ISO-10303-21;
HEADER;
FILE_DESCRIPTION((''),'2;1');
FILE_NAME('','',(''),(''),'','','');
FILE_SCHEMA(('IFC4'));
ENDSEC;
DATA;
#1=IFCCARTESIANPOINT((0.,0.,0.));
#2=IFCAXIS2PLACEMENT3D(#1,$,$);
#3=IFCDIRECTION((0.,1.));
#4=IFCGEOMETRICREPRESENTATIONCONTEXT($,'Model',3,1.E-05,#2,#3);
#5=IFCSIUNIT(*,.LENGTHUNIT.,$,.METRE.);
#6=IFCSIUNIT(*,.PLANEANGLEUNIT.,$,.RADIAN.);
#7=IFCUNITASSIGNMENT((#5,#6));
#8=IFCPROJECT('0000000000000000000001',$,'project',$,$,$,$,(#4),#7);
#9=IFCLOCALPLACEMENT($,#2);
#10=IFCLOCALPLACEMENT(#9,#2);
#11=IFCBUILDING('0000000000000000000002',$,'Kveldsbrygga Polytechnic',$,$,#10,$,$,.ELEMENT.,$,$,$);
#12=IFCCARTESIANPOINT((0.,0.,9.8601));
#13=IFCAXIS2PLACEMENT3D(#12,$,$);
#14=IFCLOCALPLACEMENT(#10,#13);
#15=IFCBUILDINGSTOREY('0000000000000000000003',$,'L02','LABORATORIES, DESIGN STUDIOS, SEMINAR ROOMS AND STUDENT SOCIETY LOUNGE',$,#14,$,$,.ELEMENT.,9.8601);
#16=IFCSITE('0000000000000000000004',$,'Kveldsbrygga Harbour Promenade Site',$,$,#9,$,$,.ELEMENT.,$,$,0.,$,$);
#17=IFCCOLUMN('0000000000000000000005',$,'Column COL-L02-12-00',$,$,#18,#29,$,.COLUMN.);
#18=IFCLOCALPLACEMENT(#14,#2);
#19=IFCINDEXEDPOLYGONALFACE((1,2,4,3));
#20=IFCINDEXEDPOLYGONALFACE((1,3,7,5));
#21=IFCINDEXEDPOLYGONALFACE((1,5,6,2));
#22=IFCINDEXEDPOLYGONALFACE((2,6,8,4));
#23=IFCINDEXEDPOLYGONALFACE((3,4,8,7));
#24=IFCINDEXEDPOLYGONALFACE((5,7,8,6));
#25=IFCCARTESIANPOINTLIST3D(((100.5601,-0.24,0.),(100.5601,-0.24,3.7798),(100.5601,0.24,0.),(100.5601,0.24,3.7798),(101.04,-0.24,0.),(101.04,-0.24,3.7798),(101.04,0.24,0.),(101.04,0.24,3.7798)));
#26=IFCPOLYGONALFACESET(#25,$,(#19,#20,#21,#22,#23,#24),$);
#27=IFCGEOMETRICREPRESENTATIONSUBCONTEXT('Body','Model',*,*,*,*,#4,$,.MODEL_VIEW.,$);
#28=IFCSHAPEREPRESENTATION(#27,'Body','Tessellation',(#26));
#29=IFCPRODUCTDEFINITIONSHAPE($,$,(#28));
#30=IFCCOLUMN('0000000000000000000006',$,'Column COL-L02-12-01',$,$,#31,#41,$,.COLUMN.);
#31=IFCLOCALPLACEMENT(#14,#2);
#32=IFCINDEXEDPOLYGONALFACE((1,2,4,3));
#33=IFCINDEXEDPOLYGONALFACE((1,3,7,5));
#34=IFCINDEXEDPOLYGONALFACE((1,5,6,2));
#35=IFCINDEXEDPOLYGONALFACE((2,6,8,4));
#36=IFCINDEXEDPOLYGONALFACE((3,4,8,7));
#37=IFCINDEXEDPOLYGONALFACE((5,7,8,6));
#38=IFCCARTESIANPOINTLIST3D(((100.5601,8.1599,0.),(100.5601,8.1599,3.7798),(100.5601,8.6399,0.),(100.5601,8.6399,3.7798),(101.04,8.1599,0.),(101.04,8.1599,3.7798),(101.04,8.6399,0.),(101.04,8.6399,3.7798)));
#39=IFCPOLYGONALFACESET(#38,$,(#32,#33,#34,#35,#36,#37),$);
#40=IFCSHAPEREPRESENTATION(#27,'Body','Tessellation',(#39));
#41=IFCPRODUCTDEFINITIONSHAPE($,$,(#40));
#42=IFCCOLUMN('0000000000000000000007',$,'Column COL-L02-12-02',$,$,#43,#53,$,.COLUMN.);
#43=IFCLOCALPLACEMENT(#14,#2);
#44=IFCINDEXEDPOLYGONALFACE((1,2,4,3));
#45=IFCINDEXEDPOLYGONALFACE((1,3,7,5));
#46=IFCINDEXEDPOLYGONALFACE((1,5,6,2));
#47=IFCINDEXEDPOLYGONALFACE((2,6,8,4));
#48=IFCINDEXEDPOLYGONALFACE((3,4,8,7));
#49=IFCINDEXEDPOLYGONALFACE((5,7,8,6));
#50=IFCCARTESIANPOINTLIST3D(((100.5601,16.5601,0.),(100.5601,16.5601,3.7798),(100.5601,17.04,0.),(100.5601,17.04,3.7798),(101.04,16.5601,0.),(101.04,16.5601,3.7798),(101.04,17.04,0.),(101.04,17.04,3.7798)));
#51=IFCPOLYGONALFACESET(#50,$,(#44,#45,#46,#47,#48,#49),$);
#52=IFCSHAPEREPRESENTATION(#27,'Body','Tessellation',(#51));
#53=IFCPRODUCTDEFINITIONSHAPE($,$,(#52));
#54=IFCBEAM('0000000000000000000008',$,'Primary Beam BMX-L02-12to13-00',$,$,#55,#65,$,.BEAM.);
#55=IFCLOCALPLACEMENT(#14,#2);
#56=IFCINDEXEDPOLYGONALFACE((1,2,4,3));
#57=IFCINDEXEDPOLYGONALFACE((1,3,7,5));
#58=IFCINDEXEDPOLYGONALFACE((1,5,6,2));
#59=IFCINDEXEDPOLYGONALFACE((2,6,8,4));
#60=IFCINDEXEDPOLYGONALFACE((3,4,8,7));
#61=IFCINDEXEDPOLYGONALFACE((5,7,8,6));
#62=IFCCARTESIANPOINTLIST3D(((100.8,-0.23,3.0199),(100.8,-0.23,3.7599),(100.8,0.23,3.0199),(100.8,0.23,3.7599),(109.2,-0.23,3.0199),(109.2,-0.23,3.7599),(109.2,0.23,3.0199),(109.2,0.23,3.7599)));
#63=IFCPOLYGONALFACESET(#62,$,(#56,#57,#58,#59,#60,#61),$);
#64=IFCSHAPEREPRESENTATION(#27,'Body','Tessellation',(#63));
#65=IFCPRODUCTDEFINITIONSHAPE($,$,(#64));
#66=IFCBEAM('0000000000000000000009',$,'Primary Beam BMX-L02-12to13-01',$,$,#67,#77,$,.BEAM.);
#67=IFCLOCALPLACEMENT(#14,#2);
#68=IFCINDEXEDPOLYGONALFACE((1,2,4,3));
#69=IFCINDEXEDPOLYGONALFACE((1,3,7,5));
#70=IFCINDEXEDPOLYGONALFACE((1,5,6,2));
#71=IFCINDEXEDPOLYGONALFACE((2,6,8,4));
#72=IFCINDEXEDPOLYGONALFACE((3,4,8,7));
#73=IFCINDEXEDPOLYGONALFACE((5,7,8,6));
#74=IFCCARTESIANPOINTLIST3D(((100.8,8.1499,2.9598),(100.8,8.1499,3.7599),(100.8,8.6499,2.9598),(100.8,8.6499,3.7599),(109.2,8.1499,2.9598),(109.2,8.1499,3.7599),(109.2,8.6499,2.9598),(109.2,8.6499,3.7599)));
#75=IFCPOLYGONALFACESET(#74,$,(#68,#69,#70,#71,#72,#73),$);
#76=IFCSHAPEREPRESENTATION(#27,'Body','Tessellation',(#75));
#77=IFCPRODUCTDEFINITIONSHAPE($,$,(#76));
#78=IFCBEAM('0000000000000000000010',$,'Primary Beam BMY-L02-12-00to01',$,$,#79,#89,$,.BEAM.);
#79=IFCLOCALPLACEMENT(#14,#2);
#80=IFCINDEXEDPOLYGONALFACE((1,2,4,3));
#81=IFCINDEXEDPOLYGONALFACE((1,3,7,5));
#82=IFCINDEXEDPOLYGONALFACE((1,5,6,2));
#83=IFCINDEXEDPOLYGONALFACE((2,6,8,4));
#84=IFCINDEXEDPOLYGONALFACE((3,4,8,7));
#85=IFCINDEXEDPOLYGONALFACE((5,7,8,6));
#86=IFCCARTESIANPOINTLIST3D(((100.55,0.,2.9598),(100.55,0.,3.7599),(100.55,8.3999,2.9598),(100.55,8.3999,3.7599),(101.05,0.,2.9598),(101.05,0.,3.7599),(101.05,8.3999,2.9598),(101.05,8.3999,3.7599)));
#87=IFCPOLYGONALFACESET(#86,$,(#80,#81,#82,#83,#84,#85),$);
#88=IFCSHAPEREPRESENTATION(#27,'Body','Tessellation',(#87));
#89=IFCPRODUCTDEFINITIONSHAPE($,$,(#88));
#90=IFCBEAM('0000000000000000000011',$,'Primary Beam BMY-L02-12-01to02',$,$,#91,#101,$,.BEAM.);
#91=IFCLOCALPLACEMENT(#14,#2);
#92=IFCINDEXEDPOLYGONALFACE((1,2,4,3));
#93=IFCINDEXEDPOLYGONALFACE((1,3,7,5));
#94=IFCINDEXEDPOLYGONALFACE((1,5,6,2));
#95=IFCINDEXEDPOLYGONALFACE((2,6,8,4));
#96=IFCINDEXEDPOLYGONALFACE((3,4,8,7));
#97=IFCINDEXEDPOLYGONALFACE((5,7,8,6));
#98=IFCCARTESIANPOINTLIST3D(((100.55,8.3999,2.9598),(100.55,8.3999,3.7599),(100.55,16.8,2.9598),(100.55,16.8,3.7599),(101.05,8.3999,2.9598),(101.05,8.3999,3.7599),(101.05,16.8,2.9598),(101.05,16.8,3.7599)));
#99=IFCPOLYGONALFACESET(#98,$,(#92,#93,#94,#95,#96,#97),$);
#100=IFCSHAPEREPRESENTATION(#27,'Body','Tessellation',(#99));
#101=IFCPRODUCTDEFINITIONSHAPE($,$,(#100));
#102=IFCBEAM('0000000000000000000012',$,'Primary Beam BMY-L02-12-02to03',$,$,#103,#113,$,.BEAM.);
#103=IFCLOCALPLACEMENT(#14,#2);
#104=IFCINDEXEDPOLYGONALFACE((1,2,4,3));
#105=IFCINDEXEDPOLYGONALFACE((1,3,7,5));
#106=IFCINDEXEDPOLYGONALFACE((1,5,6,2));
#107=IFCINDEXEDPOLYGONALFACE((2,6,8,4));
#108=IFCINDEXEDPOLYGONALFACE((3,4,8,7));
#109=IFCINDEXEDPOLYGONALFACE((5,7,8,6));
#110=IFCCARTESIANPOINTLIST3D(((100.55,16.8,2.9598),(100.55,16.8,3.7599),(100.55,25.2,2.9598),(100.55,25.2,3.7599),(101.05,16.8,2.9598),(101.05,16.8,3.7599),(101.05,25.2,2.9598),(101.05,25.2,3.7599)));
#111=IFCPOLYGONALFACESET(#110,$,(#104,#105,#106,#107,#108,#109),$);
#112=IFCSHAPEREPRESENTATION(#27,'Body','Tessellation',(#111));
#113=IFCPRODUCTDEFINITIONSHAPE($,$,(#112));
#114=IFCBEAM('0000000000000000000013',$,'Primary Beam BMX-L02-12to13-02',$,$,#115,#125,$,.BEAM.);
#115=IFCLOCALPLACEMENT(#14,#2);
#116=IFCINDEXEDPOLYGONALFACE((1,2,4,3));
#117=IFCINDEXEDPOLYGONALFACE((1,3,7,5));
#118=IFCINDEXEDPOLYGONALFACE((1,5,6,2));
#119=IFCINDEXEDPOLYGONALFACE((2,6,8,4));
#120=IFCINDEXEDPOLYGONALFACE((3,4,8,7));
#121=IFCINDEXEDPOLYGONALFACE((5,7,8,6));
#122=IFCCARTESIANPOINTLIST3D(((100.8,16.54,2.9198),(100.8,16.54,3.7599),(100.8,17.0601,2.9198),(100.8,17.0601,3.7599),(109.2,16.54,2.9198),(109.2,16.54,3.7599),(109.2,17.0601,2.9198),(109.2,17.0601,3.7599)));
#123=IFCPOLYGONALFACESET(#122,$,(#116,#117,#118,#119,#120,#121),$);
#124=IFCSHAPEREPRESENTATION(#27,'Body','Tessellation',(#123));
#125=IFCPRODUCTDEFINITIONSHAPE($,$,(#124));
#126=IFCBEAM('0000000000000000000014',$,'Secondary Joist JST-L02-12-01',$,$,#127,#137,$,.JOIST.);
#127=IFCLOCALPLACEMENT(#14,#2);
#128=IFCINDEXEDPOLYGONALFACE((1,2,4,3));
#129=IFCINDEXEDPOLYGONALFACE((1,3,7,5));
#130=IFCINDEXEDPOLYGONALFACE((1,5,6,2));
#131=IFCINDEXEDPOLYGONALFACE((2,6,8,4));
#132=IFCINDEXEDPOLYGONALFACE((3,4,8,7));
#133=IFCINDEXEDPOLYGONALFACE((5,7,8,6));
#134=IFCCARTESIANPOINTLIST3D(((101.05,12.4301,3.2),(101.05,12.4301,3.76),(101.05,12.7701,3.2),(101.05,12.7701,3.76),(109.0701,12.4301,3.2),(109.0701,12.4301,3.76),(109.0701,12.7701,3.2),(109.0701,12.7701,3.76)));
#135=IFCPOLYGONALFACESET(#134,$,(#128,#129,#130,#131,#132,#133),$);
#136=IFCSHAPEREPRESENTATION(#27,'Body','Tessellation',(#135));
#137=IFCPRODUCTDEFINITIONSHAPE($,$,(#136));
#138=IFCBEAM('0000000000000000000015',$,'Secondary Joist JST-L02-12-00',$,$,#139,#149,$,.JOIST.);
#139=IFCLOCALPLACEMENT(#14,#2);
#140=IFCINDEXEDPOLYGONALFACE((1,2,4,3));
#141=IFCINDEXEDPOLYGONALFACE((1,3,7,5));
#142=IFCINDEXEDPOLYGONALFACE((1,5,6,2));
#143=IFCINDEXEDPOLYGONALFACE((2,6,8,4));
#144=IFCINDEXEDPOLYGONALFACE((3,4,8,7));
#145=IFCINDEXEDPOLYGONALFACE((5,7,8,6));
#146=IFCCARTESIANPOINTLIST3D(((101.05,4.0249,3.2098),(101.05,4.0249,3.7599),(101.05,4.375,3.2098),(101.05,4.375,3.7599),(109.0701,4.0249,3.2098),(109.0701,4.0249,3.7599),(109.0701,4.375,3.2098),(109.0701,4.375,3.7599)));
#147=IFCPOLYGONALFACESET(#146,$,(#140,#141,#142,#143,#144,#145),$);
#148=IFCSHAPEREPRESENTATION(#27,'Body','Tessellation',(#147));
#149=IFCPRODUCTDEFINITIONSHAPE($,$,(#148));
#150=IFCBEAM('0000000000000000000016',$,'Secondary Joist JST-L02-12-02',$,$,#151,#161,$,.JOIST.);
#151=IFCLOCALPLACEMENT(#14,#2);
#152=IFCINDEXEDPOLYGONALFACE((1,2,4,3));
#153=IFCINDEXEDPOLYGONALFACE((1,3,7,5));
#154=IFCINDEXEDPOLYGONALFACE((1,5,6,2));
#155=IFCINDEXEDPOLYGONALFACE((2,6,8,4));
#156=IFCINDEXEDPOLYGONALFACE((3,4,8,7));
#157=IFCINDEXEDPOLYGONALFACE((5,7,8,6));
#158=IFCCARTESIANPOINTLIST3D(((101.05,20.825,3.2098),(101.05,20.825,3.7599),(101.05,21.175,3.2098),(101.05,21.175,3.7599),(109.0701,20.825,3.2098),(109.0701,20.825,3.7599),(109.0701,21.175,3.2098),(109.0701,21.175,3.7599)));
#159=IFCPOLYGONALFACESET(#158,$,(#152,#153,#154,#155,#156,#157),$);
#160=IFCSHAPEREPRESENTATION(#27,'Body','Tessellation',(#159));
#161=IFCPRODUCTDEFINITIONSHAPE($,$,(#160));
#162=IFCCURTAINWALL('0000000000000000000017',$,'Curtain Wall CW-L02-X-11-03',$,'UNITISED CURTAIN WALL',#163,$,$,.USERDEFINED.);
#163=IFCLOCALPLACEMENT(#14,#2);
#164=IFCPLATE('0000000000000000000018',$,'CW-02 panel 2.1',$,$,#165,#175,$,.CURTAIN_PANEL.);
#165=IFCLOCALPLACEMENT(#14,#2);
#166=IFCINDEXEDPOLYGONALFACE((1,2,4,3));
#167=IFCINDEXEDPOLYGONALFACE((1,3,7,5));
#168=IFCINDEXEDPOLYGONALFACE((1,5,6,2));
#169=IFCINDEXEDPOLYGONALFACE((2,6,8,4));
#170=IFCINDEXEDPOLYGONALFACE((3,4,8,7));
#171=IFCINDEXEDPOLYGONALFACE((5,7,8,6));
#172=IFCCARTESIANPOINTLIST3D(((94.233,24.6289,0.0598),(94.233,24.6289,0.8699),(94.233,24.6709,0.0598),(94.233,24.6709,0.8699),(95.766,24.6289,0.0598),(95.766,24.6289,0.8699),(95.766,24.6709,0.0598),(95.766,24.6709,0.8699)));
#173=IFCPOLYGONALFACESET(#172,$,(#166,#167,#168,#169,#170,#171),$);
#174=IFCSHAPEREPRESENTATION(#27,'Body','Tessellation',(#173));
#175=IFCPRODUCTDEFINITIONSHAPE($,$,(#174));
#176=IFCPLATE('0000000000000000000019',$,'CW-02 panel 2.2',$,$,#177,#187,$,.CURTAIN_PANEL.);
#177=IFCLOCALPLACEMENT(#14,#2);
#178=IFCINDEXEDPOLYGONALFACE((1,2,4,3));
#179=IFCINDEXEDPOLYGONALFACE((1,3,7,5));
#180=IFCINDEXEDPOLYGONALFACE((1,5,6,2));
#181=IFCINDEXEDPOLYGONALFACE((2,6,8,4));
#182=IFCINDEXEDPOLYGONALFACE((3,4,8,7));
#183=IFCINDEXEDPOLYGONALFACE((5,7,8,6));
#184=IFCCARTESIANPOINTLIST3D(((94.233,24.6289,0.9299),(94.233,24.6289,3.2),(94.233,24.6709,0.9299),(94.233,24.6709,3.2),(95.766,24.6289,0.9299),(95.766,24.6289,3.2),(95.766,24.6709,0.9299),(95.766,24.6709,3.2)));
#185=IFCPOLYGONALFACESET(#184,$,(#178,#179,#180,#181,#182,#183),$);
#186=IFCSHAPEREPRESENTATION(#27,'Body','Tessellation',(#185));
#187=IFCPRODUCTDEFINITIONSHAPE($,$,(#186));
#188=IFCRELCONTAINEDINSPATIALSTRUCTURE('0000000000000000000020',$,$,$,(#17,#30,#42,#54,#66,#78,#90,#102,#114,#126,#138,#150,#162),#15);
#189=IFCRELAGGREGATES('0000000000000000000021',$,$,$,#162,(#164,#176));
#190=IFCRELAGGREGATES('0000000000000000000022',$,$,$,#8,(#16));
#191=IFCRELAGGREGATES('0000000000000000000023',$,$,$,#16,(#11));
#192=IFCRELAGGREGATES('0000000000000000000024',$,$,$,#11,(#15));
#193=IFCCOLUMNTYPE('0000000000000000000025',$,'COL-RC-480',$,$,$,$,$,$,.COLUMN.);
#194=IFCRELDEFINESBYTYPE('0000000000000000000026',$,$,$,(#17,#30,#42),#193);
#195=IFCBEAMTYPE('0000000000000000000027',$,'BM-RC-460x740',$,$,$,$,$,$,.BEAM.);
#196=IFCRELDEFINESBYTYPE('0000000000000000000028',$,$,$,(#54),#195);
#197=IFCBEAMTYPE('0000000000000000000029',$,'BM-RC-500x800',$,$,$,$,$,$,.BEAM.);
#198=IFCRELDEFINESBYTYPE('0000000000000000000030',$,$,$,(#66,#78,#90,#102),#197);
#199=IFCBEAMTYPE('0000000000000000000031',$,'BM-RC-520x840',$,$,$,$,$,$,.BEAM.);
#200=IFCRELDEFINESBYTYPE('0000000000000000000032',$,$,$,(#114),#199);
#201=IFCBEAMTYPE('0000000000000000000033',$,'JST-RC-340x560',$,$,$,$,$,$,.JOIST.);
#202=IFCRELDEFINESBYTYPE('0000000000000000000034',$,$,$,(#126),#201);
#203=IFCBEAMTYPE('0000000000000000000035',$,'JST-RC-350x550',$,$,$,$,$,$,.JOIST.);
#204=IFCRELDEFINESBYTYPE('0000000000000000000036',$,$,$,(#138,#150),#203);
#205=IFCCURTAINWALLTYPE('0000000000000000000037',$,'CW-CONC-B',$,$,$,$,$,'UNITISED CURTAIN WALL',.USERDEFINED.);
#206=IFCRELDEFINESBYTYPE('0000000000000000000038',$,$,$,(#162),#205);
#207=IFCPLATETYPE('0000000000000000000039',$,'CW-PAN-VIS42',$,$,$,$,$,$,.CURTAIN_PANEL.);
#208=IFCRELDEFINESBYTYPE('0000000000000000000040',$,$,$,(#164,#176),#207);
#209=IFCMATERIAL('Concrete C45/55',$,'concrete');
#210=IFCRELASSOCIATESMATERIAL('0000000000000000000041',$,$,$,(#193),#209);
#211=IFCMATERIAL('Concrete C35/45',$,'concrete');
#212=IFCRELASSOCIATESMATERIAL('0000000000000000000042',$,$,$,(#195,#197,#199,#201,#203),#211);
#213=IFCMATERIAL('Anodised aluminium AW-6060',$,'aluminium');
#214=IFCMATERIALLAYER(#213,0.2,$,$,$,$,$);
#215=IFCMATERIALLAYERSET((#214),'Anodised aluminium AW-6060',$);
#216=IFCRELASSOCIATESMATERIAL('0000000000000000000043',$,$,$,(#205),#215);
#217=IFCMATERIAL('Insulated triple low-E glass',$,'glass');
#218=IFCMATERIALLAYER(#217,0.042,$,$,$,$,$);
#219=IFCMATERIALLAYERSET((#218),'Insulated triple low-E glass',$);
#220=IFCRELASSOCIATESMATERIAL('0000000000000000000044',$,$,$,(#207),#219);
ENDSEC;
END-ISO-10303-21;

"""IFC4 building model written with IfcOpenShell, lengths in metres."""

from ifc_helpers import new_model, si_unit, direction, frame, origin, origin_2d, place, context, subcontext, project, spatial, rectangle, extrude, material, layer, layer_set, material_profile, profile_set, type_object, element, aggregate, save


model = new_model("IFC4")

# Units and contexts
model_context = context("Model", 3, precision=1e-05, world=origin(), true_north=direction((0.0, 1.0)))
body_context = subcontext(model_context, "Body", "Model", "MODEL_VIEW")
ifc_project = project(units=[si_unit("LENGTHUNIT", "METRE"), si_unit("PLANEANGLEUNIT", "RADIAN")], contexts=[model_context])

# Site, building, storey
site_placement = place(None, origin())
site = spatial("IfcSite", under=ifc_project, at=site_placement, Name="Kveldsbrygga Harbour Promenade Site", CompositionType="ELEMENT", RefElevation=0.0)
building_placement = place(site_placement, origin())
building = spatial("IfcBuilding", under=site, at=building_placement, Name="Kveldsbrygga Polytechnic", CompositionType="ELEMENT")
storey_placement = place(building_placement, frame((0.0, 0.0, 9.8601)))
storey = spatial("IfcBuildingStorey", under=building, at=storey_placement, Name="L02", Description="LABORATORIES, DESIGN STUDIOS, SEMINAR ROOMS AND STUDENT SOCIETY LOUNGE", CompositionType="ELEMENT", Elevation=9.8601)

# Columns
ifc_material_1 = material(Name="Concrete C45/55", Category="concrete")
ifc_material_profile_1 = material_profile(ifc_material_1, rectangle(XDim=0.48, YDim=0.48, at=origin_2d()), Name="RC 480x480")
ifc_profile_set_1 = profile_set([ifc_material_profile_1], Name="Concrete C45/55")
column_type = type_object("IfcColumnType", Name="COL-RC-480", PredefinedType="COLUMN", material=ifc_profile_set_1)
for number, where, z_axis, x_axis, name in (
    (1, (100.8, 0.0, 0.0), (0.0, 0.0, 1.0), (1.0, 0.0, 0.0), "Column COL-L02-12-00"),
    (2, (100.8, 8.3999, 0.0), (0.0, 0.0, 1.0), (1.0, 0.0, 0.0), "Column COL-L02-12-01"),
    (3, (100.8, 16.8, 0.0), (0.0, 0.0, 1.0), (1.0, 0.0, 0.0), "Column COL-L02-12-02"),
):
    element("IfcColumn", number, at=place(storey_placement, frame(where, z_axis=z_axis, x_axis=x_axis)), inside=storey, type_object=column_type, Name=name, PredefinedType="COLUMN", context=body_context, shape_type="SweptSolid", body=[
        extrude(rectangle(XDim=0.48, YDim=0.48, at=origin_2d()), origin(), (0.0, 0.0, 1.0), 3.7798),
    ])

# Beams
ifc_material_2 = material(Name="Concrete C35/45", Category="concrete")
ifc_material_profile_2 = material_profile(ifc_material_2, rectangle(XDim=0.46, YDim=0.74, at=origin_2d()), Name="RC 460x740")
ifc_profile_set_2 = profile_set([ifc_material_profile_2], Name="Concrete C35/45")
beam_type_1 = type_object("IfcBeamType", Name="BM-RC-460x740", PredefinedType="BEAM", material=ifc_profile_set_2)
beam_1_placement = place(storey_placement, frame((100.8, 0.0, 3.3899), z_axis=(1.0, 0.0, 0.0), x_axis=(0.0, 1.0, 0.0)))
element("IfcBeam", 4, at=beam_1_placement, inside=storey, type_object=beam_type_1, Name="Primary Beam BMX-L02-12to13-00", PredefinedType="BEAM", context=body_context, shape_type="SweptSolid", body=[
    extrude(rectangle(XDim=0.46, YDim=0.74, at=origin_2d()), origin(), (0.0, 0.0, 1.0), 8.3999),
])
ifc_material_profile_3 = material_profile(ifc_material_2, rectangle(XDim=0.5, YDim=0.8, at=origin_2d()), Name="RC 500x800")
ifc_profile_set_3 = profile_set([ifc_material_profile_3], Name="Concrete C35/45")
beam_type_2 = type_object("IfcBeamType", Name="BM-RC-500x800", PredefinedType="BEAM", material=ifc_profile_set_3)
for number, where, z_axis, x_axis, name in (
    (5, (100.8, 8.3999, 3.3599), (1.0, 0.0, 0.0), (0.0, 1.0, 0.0), "Primary Beam BMX-L02-12to13-01"),
    (6, (100.8, 0.0, 3.3599), (0.0, 1.0, 0.0), (-1.0, 0.0, 0.0), "Primary Beam BMY-L02-12-00to01"),
):
    element("IfcBeam", number, at=place(storey_placement, frame(where, z_axis=z_axis, x_axis=x_axis)), inside=storey, type_object=beam_type_2, Name=name, PredefinedType="BEAM", context=body_context, shape_type="SweptSolid", body=[
        extrude(rectangle(XDim=0.5, YDim=0.8, at=origin_2d()), origin(), (0.0, 0.0, 1.0), 8.3999),
    ])
beam_2_placement = place(storey_placement, frame((100.8, 8.3999, 3.3599), z_axis=(0.0, 1.0, 0.0), x_axis=(-1.0, 0.0, 0.0)))
element("IfcBeam", 7, at=beam_2_placement, inside=storey, type_object=beam_type_2, Name="Primary Beam BMY-L02-12-01to02", PredefinedType="BEAM", context=body_context, shape_type="SweptSolid", body=[
    extrude(rectangle(XDim=0.5, YDim=0.8, at=origin_2d()), origin(), (0.0, 0.0, 1.0), 8.4001),
])
beam_3_placement = place(storey_placement, frame((100.8, 16.8, 3.3599), z_axis=(0.0, 1.0, 0.0), x_axis=(-1.0, 0.0, 0.0)))
element("IfcBeam", 8, at=beam_3_placement, inside=storey, type_object=beam_type_2, Name="Primary Beam BMY-L02-12-02to03", PredefinedType="BEAM", context=body_context, shape_type="SweptSolid", body=[
    extrude(rectangle(XDim=0.5, YDim=0.8, at=origin_2d()), origin(), (0.0, 0.0, 1.0), 8.3999),
])
ifc_material_profile_4 = material_profile(ifc_material_2, rectangle(XDim=0.52, YDim=0.8401, at=origin_2d()), Name="RC 520x840")
ifc_profile_set_4 = profile_set([ifc_material_profile_4], Name="Concrete C35/45")
beam_type_3 = type_object("IfcBeamType", Name="BM-RC-520x840", PredefinedType="BEAM", material=ifc_profile_set_4)
beam_4_placement = place(storey_placement, frame((100.8, 16.8, 3.3398), z_axis=(1.0, 0.0, 0.0), x_axis=(0.0, 1.0, 0.0)))
element("IfcBeam", 9, at=beam_4_placement, inside=storey, type_object=beam_type_3, Name="Primary Beam BMX-L02-12to13-02", PredefinedType="BEAM", context=body_context, shape_type="SweptSolid", body=[
    extrude(rectangle(XDim=0.52, YDim=0.8401, at=origin_2d()), origin(), (0.0, 0.0, 1.0), 8.3999),
])
ifc_material_profile_5 = material_profile(ifc_material_2, rectangle(XDim=0.3401, YDim=0.5601, at=origin_2d()), Name="RC 340x560")
ifc_profile_set_5 = profile_set([ifc_material_profile_5], Name="Concrete C35/45")
beam_type_4 = type_object("IfcBeamType", Name="JST-RC-340x560", PredefinedType="JOIST", material=ifc_profile_set_5)
beam_5_placement = place(storey_placement, frame((101.05, 12.6001, 3.48), z_axis=(1.0, 0.0, 0.0), x_axis=(0.0, 1.0, 0.0)))
element("IfcBeam", 10, at=beam_5_placement, inside=storey, type_object=beam_type_4, Name="Secondary Joist JST-L02-12-01", PredefinedType="JOIST", context=body_context, shape_type="SweptSolid", body=[
    extrude(rectangle(XDim=0.3401, YDim=0.5601, at=origin_2d()), origin(), (0.0, 0.0, 1.0), 8.02),
])
ifc_material_profile_6 = material_profile(ifc_material_2, rectangle(XDim=0.3501, YDim=0.55, at=origin_2d()), Name="RC 350x550")
ifc_profile_set_6 = profile_set([ifc_material_profile_6], Name="Concrete C35/45")
beam_type_5 = type_object("IfcBeamType", Name="JST-RC-350x550", PredefinedType="JOIST", material=ifc_profile_set_6)
for number, where, z_axis, x_axis, name in (
    (11, (101.05, 4.2, 3.4849), (1.0, 0.0, 0.0), (0.0, 1.0, 0.0), "Secondary Joist JST-L02-12-00"),
    (12, (101.05, 21.0, 3.4849), (1.0, 0.0, 0.0), (0.0, 1.0, 0.0), "Secondary Joist JST-L02-12-02"),
):
    element("IfcBeam", number, at=place(storey_placement, frame(where, z_axis=z_axis, x_axis=x_axis)), inside=storey, type_object=beam_type_5, Name=name, PredefinedType="JOIST", context=body_context, shape_type="SweptSolid", body=[
        extrude(rectangle(XDim=0.3501, YDim=0.55, at=origin_2d()), origin(), (0.0, 0.0, 1.0), 8.02),
    ])

# Curtain wall, plates
ifc_material_3 = material(Name="Anodised aluminium AW-6060", Category="aluminium")
ifc_layer_1 = layer(ifc_material_3, 0.2)
ifc_layer_set_1 = layer_set([ifc_layer_1], Name="Anodised aluminium AW-6060")
curtain_wall_type = type_object("IfcCurtainWallType", Name="CW-CONC-B", ElementType="UNITISED CURTAIN WALL", PredefinedType="USERDEFINED", material=ifc_layer_set_1)
curtain_wall_placement = place(storey_placement, origin())
curtain_wall = element("IfcCurtainWall", 13, at=curtain_wall_placement, inside=storey, type_object=curtain_wall_type, Name="Curtain Wall CW-L02-X-11-03", ObjectType="UNITISED CURTAIN WALL", PredefinedType="USERDEFINED")
ifc_material_4 = material(Name="Insulated triple low-E glass", Category="glass")
ifc_layer_2 = layer(ifc_material_4, 0.042)
ifc_layer_set_2 = layer_set([ifc_layer_2], Name="Insulated triple low-E glass")
plate_type = type_object("IfcPlateType", Name="CW-PAN-VIS42", PredefinedType="CURTAIN_PANEL", material=ifc_layer_set_2)
plate_1_placement = place(storey_placement, frame((94.9995, 24.6499, 0.0598), z_axis=(0.0, 0.0, 1.0), x_axis=(1.0, 0.0, 0.0)))
plate_1 = element("IfcPlate", 14, at=plate_1_placement, type_object=plate_type, Name="CW-02 panel 2.1", PredefinedType="CURTAIN_PANEL", context=body_context, shape_type="SweptSolid", body=[
    extrude(rectangle(XDim=1.533, YDim=0.042, at=origin_2d()), origin(), (0.0, 0.0, 1.0), 0.8101),
])
plate_2_placement = place(storey_placement, frame((94.9995, 24.6499, 0.9299), z_axis=(0.0, 0.0, 1.0), x_axis=(1.0, 0.0, 0.0)))
plate_2 = element("IfcPlate", 15, at=plate_2_placement, type_object=plate_type, Name="CW-02 panel 2.2", PredefinedType="CURTAIN_PANEL", context=body_context, shape_type="SweptSolid", body=[
    extrude(rectangle(XDim=1.533, YDim=0.042, at=origin_2d()), origin(), (0.0, 0.0, 1.0), 2.27),
])
aggregate(curtain_wall, [plate_1, plate_2])

save(model, "model.ifc")
